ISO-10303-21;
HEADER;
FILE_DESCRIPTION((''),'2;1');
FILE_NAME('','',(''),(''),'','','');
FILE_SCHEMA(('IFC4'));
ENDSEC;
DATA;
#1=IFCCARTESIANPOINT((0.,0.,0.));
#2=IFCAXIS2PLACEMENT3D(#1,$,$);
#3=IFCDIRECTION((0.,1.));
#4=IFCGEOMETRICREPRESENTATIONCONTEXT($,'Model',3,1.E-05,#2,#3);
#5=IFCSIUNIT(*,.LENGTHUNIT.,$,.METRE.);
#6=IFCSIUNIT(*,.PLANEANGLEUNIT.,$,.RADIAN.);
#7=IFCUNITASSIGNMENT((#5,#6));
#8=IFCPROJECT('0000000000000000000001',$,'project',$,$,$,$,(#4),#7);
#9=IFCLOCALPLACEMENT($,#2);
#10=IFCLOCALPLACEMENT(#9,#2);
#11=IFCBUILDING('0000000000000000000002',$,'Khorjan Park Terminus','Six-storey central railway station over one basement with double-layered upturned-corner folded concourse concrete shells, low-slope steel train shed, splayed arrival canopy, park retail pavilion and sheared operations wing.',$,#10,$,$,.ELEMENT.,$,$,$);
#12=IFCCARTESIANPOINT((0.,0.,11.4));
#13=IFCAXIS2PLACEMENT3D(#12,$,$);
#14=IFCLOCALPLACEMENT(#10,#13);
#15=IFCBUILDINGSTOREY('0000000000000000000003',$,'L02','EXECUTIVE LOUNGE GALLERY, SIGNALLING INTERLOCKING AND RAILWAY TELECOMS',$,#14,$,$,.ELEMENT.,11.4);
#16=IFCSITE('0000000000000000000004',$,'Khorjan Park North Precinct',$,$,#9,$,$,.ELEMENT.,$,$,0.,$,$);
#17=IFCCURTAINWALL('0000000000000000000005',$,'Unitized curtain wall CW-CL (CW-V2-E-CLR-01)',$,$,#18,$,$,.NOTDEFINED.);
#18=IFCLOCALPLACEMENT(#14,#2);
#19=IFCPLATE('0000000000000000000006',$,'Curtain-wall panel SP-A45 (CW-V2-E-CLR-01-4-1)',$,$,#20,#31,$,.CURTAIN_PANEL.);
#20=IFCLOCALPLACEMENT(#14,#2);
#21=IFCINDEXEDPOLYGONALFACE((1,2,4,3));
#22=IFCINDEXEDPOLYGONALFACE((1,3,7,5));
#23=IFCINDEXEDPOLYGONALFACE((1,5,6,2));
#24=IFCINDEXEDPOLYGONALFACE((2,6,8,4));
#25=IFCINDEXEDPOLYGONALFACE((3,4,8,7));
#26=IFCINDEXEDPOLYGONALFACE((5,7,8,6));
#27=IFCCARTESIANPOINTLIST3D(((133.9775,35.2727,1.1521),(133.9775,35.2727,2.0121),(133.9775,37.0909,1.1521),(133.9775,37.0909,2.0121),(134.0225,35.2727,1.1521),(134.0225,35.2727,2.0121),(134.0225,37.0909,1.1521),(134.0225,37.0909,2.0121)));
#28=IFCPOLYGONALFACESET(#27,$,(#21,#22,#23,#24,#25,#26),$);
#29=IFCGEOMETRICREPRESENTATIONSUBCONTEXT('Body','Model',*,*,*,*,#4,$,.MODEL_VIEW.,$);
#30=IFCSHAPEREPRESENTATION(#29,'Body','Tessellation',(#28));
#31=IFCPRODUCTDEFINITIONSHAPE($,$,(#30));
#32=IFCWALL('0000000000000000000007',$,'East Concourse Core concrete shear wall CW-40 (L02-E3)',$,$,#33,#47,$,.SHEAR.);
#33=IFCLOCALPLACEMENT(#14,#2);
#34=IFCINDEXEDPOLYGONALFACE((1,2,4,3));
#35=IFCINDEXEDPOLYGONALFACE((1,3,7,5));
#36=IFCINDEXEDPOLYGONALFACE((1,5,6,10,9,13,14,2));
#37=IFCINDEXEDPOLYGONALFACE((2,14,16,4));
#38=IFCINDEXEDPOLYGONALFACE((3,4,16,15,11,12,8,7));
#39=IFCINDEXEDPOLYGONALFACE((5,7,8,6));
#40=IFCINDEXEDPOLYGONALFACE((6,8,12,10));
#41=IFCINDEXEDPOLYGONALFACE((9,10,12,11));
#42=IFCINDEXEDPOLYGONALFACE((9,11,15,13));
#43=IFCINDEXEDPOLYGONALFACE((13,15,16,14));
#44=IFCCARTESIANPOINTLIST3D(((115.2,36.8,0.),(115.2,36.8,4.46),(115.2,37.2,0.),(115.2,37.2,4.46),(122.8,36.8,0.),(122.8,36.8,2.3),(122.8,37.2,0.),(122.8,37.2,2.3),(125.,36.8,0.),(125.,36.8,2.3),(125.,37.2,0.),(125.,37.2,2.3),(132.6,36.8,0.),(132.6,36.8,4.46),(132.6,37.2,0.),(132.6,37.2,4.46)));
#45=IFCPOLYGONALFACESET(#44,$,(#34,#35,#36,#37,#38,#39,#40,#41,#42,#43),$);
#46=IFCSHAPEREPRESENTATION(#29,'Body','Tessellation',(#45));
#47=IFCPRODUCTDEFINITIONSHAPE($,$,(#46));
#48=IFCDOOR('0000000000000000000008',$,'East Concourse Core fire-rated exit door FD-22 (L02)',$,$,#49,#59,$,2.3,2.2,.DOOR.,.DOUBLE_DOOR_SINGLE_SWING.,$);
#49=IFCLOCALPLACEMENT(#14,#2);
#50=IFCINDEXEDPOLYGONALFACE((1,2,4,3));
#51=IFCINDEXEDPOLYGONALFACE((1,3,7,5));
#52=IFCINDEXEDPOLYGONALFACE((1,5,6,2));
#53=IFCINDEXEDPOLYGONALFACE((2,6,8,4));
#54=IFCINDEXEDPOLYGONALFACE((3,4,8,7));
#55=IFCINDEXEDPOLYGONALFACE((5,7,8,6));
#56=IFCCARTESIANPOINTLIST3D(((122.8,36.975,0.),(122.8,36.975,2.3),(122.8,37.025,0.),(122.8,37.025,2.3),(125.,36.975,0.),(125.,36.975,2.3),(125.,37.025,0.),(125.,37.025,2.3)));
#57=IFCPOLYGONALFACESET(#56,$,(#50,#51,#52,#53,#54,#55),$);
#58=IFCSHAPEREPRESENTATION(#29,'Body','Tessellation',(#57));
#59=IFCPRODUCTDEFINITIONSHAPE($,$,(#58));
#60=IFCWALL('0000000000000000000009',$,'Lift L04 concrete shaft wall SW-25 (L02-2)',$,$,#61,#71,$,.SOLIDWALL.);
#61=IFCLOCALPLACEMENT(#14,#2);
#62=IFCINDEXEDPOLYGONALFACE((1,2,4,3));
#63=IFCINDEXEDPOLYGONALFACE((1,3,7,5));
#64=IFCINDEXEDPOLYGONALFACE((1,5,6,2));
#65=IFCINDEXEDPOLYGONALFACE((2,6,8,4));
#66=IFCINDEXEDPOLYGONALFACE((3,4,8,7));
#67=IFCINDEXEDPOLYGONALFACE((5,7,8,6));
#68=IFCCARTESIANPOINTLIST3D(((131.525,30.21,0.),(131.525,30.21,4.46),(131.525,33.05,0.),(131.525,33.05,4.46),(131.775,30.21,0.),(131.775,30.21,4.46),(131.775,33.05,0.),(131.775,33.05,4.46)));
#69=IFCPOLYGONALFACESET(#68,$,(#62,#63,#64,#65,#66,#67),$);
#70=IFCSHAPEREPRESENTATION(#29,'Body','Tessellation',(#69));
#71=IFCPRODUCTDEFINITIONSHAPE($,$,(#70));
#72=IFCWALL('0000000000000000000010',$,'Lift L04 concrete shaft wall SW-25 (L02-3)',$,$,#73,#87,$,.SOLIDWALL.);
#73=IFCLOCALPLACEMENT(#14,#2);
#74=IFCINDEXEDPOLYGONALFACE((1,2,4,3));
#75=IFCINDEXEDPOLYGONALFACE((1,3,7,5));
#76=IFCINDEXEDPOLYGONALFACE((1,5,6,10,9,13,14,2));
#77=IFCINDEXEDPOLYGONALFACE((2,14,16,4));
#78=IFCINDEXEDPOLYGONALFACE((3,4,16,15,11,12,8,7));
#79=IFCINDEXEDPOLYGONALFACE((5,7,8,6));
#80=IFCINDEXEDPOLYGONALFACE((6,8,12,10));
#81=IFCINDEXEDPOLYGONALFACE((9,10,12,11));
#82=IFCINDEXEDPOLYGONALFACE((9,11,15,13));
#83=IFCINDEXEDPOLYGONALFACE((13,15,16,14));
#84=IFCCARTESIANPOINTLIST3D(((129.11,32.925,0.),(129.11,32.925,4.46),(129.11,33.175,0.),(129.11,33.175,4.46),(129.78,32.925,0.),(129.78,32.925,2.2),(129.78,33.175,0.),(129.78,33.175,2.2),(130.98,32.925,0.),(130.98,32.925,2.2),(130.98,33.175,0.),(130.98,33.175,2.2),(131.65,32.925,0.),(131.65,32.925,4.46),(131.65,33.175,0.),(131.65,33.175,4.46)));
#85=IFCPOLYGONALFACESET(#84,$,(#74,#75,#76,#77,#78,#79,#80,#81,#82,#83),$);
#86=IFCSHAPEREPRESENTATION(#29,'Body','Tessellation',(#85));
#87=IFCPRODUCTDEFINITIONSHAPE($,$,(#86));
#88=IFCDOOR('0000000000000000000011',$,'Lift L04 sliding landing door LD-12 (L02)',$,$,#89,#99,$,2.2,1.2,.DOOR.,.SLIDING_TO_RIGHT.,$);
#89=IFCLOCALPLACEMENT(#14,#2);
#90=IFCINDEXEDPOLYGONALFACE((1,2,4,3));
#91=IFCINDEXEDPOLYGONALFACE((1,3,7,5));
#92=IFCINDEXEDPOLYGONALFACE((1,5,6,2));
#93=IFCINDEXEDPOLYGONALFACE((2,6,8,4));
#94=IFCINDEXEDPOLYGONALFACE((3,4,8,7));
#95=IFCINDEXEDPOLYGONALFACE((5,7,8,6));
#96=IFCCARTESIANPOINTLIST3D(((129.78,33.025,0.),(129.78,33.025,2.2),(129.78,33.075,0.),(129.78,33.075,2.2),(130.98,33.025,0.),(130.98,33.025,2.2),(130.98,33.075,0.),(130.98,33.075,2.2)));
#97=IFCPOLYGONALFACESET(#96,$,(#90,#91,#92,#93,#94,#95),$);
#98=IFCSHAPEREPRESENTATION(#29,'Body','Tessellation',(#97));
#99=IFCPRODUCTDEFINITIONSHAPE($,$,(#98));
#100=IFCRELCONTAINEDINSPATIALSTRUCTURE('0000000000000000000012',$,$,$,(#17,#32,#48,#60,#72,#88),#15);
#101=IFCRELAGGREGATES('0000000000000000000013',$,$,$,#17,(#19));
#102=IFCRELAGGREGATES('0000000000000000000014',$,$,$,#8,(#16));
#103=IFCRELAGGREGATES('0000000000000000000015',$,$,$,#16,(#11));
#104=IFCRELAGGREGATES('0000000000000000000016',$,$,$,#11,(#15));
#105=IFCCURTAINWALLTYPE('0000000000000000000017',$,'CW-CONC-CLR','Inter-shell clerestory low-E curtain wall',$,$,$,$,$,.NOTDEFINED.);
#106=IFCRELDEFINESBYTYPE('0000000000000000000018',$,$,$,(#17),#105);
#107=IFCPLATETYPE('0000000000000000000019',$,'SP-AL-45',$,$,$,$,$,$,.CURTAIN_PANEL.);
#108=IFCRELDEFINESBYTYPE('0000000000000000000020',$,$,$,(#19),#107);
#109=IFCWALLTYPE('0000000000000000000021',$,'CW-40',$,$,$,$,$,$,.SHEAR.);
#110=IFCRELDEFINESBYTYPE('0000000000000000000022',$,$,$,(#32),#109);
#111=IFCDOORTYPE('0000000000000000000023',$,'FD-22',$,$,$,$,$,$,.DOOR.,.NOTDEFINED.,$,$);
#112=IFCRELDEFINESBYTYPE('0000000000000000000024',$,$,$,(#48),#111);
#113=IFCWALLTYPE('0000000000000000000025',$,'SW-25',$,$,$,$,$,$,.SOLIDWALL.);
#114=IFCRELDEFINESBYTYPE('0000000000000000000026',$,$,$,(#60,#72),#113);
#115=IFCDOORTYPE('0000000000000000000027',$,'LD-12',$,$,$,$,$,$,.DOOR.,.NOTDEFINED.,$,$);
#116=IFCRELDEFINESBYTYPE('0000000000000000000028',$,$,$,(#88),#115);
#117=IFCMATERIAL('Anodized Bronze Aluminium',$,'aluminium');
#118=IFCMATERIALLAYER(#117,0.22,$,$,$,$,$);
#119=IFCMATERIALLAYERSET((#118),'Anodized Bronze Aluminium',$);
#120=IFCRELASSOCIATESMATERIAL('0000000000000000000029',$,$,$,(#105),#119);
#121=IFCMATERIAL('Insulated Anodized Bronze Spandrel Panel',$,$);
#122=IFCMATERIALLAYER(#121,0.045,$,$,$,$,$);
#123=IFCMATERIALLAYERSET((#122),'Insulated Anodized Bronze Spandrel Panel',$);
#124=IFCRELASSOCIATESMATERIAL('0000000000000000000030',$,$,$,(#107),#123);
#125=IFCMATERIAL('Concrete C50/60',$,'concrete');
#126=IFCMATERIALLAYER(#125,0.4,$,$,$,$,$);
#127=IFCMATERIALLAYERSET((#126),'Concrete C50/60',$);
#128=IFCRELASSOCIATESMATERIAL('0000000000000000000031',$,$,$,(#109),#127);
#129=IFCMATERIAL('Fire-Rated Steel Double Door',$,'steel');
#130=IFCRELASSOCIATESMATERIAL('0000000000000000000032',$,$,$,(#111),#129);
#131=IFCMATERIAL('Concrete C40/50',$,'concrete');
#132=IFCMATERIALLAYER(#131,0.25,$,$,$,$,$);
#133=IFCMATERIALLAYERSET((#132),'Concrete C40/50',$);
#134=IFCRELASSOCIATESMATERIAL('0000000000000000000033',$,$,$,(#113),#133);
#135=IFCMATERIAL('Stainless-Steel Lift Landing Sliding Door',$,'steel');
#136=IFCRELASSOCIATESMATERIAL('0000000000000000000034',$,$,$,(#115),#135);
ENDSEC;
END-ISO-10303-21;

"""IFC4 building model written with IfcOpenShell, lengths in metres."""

from ifc_helpers import new_model, si_unit, direction, frame, frame_2d, origin, origin_2d, place, context, subcontext, project, spatial, rectangle, extrude, material, layer, layer_set, type_object, element, fill, aggregate, save


model = new_model("IFC4")

# Units and contexts
model_context = context("Model", 3, precision=1e-05, world=origin(), true_north=direction((0.0, 1.0)))
body_context = subcontext(model_context, "Body", "Model", "MODEL_VIEW")
ifc_project = project(units=[si_unit("LENGTHUNIT", "METRE"), si_unit("PLANEANGLEUNIT", "RADIAN")], contexts=[model_context])

# Site, building, storey
site_placement = place(None, origin())
site = spatial("IfcSite", under=ifc_project, at=site_placement, Name="Khorjan Park North Precinct", CompositionType="ELEMENT", RefElevation=0.0)
building_placement = place(site_placement, origin())
building = spatial("IfcBuilding", under=site, at=building_placement, Name="Khorjan Park Terminus", Description="Six-storey central railway station over one basement with double-layered upturned-corner folded concourse concrete shells, low-slope steel train shed, splayed arrival canopy, park retail pavilion and sheared operations wing.", CompositionType="ELEMENT")
storey_placement = place(building_placement, frame((0.0, 0.0, 11.4)))
storey = spatial("IfcBuildingStorey", under=building, at=storey_placement, Name="L02", Description="EXECUTIVE LOUNGE GALLERY, SIGNALLING INTERLOCKING AND RAILWAY TELECOMS", CompositionType="ELEMENT", Elevation=11.4)

# Shared definitions
ifc_material_1 = material(Name="Concrete C50/60", Category="concrete")

# Curtain wall
ifc_material_2 = material(Name="Anodized Bronze Aluminium", Category="aluminium")
ifc_layer_1 = layer(ifc_material_2, 0.22)
ifc_layer_set_1 = layer_set([ifc_layer_1], Name="Anodized Bronze Aluminium")
curtain_wall_type = type_object("IfcCurtainWallType", Name="CW-CONC-CLR", Description="Inter-shell clerestory low-E curtain wall", PredefinedType="NOTDEFINED", material=ifc_layer_set_1)
curtain_wall_placement = place(storey_placement, origin())
curtain_wall = element("IfcCurtainWall", 1, at=curtain_wall_placement, inside=storey, type_object=curtain_wall_type, Name="Unitized curtain wall CW-CL (CW-V2-E-CLR-01)", PredefinedType="NOTDEFINED")

# Plate
ifc_material_3 = material(Name="Insulated Anodized Bronze Spandrel Panel")
ifc_layer_2 = layer(ifc_material_3, 0.045)
ifc_layer_set_2 = layer_set([ifc_layer_2], Name="Insulated Anodized Bronze Spandrel Panel")
plate_type_1 = type_object("IfcPlateType", Name="SP-AL-45", PredefinedType="CURTAIN_PANEL", material=ifc_layer_set_2)
plate_1_placement = place(storey_placement, frame((134.0, 36.1818, 1.1521), z_axis=(0.0, 0.0, 1.0), x_axis=(0.0, 1.0, 0.0)))
plate_1 = element("IfcPlate", 2, at=plate_1_placement, type_object=plate_type_1, Name="Curtain-wall panel SP-A45 (CW-V2-E-CLR-01-4-1)", PredefinedType="CURTAIN_PANEL", context=body_context, shape_type="SweptSolid", body=[
    extrude(rectangle(XDim=1.8182, YDim=0.045, at=origin_2d()), origin(), (0.0, 0.0, 1.0), 0.86),
])
aggregate(curtain_wall, [plate_1])

# Wall, opening, door
ifc_layer_3 = layer(ifc_material_1, 0.4)
ifc_layer_set_3 = layer_set([ifc_layer_3], Name="Concrete C50/60")
wall_type_1 = type_object("IfcWallType", Name="CW-40", PredefinedType="SHEAR", material=ifc_layer_set_3)
wall_1_placement = place(storey_placement, frame((132.6, 37.0, 0.0), z_axis=(0.0, 0.0, 1.0), x_axis=(-1.0, 0.0, 0.0)))
wall_1 = element("IfcWall", 3, at=wall_1_placement, inside=storey, type_object=wall_type_1, Name="East Concourse Core concrete shear wall CW-40 (L02-E3)", PredefinedType="SHEAR", context=body_context, shape_type="SweptSolid", body=[
    extrude(rectangle(XDim=17.4, YDim=0.4, at=frame_2d((8.7, 0.0))), origin(), (0.0, 0.0, 1.0), 4.46),
])
opening_1_placement = place(wall_1_placement, frame((7.6, 0.0, 0.0)))
opening_1 = element("IfcOpeningElement", 4, at=opening_1_placement, cuts=wall_1, PredefinedType="OPENING", context=body_context, shape_type="SweptSolid", body=[
    extrude(rectangle(XDim=2.2, YDim=2.3, at=frame_2d((1.1, 1.15))), frame((0.0, 0.21, 0.0), z_axis=(0.0, -1.0, 0.0), x_axis=(1.0, 0.0, 0.0)), (0.0, 0.0, 1.0), 0.42),
])
ifc_material_4 = material(Name="Fire-Rated Steel Double Door", Category="steel")
door_type_1 = type_object("IfcDoorType", Name="FD-22", OperationType="NOTDEFINED", PredefinedType="DOOR", material=ifc_material_4)
door_1_placement = place(opening_1_placement, origin())
door_1 = element("IfcDoor", 5, at=door_1_placement, inside=storey, type_object=door_type_1, Name="East Concourse Core fire-rated exit door FD-22 (L02)", OperationType="DOUBLE_DOOR_SINGLE_SWING", OverallHeight=2.3, OverallWidth=2.2, PredefinedType="DOOR", context=body_context, shape_type="SweptSolid", body=[
    extrude(rectangle(XDim=2.2, YDim=2.3, at=frame_2d((1.1, 1.15))), frame((0.0, 0.025, 0.0), z_axis=(0.0, -1.0, 0.0), x_axis=(1.0, 0.0, 0.0)), (0.0, 0.0, 1.0), 0.05),
])
fill(opening_1, door_1)

# Wall
ifc_material_5 = material(Name="Concrete C40/50", Category="concrete")
ifc_layer_4 = layer(ifc_material_5, 0.25)
ifc_layer_set_4 = layer_set([ifc_layer_4], Name="Concrete C40/50")
wall_type_2 = type_object("IfcWallType", Name="SW-25", PredefinedType="SOLIDWALL", material=ifc_layer_set_4)
wall_2_placement = place(storey_placement, frame((131.65, 30.21, 0.0), z_axis=(0.0, 0.0, 1.0), x_axis=(0.0, 1.0, 0.0)))
element("IfcWall", 6, at=wall_2_placement, inside=storey, type_object=wall_type_2, Name="Lift L04 concrete shaft wall SW-25 (L02-2)", PredefinedType="SOLIDWALL", context=body_context, shape_type="SweptSolid", body=[
    extrude(rectangle(XDim=2.84, YDim=0.25, at=frame_2d((1.42, 0.0))), origin(), (0.0, 0.0, 1.0), 4.46),
])

# Wall, opening, door
wall_3_placement = place(storey_placement, frame((131.65, 33.05, 0.0), z_axis=(0.0, 0.0, 1.0), x_axis=(-1.0, 0.0, 0.0)))
wall_3 = element("IfcWall", 7, at=wall_3_placement, inside=storey, type_object=wall_type_2, Name="Lift L04 concrete shaft wall SW-25 (L02-3)", PredefinedType="SOLIDWALL", context=body_context, shape_type="SweptSolid", body=[
    extrude(rectangle(XDim=2.54, YDim=0.25, at=frame_2d((1.27, 0.0))), origin(), (0.0, 0.0, 1.0), 4.46),
])
opening_2_placement = place(wall_3_placement, frame((0.67, 0.0, 0.0)))
opening_2 = element("IfcOpeningElement", 8, at=opening_2_placement, cuts=wall_3, PredefinedType="OPENING", context=body_context, shape_type="SweptSolid", body=[
    extrude(rectangle(XDim=1.2, YDim=2.2, at=frame_2d((0.6, 1.1))), frame((0.0, 0.135, 0.0), z_axis=(0.0, -1.0, 0.0), x_axis=(1.0, 0.0, 0.0)), (0.0, 0.0, 1.0), 0.27),
])
ifc_material_6 = material(Name="Stainless-Steel Lift Landing Sliding Door", Category="steel")
door_type_2 = type_object("IfcDoorType", Name="LD-12", OperationType="NOTDEFINED", PredefinedType="DOOR", material=ifc_material_6)
door_2_placement = place(opening_2_placement, origin())
door_2 = element("IfcDoor", 9, at=door_2_placement, inside=storey, type_object=door_type_2, Name="Lift L04 sliding landing door LD-12 (L02)", OperationType="SLIDING_TO_RIGHT", OverallHeight=2.2, OverallWidth=1.2, PredefinedType="DOOR", context=body_context, shape_type="SweptSolid", body=[
    extrude(rectangle(XDim=1.2, YDim=2.2, at=frame_2d((0.6, 1.1))), frame((0.0, 0.025, 0.0), z_axis=(0.0, -1.0, 0.0), x_axis=(1.0, 0.0, 0.0)), (0.0, 0.0, 1.0), 0.05),
])
fill(opening_2, door_2)

save(model, "model.ifc")
